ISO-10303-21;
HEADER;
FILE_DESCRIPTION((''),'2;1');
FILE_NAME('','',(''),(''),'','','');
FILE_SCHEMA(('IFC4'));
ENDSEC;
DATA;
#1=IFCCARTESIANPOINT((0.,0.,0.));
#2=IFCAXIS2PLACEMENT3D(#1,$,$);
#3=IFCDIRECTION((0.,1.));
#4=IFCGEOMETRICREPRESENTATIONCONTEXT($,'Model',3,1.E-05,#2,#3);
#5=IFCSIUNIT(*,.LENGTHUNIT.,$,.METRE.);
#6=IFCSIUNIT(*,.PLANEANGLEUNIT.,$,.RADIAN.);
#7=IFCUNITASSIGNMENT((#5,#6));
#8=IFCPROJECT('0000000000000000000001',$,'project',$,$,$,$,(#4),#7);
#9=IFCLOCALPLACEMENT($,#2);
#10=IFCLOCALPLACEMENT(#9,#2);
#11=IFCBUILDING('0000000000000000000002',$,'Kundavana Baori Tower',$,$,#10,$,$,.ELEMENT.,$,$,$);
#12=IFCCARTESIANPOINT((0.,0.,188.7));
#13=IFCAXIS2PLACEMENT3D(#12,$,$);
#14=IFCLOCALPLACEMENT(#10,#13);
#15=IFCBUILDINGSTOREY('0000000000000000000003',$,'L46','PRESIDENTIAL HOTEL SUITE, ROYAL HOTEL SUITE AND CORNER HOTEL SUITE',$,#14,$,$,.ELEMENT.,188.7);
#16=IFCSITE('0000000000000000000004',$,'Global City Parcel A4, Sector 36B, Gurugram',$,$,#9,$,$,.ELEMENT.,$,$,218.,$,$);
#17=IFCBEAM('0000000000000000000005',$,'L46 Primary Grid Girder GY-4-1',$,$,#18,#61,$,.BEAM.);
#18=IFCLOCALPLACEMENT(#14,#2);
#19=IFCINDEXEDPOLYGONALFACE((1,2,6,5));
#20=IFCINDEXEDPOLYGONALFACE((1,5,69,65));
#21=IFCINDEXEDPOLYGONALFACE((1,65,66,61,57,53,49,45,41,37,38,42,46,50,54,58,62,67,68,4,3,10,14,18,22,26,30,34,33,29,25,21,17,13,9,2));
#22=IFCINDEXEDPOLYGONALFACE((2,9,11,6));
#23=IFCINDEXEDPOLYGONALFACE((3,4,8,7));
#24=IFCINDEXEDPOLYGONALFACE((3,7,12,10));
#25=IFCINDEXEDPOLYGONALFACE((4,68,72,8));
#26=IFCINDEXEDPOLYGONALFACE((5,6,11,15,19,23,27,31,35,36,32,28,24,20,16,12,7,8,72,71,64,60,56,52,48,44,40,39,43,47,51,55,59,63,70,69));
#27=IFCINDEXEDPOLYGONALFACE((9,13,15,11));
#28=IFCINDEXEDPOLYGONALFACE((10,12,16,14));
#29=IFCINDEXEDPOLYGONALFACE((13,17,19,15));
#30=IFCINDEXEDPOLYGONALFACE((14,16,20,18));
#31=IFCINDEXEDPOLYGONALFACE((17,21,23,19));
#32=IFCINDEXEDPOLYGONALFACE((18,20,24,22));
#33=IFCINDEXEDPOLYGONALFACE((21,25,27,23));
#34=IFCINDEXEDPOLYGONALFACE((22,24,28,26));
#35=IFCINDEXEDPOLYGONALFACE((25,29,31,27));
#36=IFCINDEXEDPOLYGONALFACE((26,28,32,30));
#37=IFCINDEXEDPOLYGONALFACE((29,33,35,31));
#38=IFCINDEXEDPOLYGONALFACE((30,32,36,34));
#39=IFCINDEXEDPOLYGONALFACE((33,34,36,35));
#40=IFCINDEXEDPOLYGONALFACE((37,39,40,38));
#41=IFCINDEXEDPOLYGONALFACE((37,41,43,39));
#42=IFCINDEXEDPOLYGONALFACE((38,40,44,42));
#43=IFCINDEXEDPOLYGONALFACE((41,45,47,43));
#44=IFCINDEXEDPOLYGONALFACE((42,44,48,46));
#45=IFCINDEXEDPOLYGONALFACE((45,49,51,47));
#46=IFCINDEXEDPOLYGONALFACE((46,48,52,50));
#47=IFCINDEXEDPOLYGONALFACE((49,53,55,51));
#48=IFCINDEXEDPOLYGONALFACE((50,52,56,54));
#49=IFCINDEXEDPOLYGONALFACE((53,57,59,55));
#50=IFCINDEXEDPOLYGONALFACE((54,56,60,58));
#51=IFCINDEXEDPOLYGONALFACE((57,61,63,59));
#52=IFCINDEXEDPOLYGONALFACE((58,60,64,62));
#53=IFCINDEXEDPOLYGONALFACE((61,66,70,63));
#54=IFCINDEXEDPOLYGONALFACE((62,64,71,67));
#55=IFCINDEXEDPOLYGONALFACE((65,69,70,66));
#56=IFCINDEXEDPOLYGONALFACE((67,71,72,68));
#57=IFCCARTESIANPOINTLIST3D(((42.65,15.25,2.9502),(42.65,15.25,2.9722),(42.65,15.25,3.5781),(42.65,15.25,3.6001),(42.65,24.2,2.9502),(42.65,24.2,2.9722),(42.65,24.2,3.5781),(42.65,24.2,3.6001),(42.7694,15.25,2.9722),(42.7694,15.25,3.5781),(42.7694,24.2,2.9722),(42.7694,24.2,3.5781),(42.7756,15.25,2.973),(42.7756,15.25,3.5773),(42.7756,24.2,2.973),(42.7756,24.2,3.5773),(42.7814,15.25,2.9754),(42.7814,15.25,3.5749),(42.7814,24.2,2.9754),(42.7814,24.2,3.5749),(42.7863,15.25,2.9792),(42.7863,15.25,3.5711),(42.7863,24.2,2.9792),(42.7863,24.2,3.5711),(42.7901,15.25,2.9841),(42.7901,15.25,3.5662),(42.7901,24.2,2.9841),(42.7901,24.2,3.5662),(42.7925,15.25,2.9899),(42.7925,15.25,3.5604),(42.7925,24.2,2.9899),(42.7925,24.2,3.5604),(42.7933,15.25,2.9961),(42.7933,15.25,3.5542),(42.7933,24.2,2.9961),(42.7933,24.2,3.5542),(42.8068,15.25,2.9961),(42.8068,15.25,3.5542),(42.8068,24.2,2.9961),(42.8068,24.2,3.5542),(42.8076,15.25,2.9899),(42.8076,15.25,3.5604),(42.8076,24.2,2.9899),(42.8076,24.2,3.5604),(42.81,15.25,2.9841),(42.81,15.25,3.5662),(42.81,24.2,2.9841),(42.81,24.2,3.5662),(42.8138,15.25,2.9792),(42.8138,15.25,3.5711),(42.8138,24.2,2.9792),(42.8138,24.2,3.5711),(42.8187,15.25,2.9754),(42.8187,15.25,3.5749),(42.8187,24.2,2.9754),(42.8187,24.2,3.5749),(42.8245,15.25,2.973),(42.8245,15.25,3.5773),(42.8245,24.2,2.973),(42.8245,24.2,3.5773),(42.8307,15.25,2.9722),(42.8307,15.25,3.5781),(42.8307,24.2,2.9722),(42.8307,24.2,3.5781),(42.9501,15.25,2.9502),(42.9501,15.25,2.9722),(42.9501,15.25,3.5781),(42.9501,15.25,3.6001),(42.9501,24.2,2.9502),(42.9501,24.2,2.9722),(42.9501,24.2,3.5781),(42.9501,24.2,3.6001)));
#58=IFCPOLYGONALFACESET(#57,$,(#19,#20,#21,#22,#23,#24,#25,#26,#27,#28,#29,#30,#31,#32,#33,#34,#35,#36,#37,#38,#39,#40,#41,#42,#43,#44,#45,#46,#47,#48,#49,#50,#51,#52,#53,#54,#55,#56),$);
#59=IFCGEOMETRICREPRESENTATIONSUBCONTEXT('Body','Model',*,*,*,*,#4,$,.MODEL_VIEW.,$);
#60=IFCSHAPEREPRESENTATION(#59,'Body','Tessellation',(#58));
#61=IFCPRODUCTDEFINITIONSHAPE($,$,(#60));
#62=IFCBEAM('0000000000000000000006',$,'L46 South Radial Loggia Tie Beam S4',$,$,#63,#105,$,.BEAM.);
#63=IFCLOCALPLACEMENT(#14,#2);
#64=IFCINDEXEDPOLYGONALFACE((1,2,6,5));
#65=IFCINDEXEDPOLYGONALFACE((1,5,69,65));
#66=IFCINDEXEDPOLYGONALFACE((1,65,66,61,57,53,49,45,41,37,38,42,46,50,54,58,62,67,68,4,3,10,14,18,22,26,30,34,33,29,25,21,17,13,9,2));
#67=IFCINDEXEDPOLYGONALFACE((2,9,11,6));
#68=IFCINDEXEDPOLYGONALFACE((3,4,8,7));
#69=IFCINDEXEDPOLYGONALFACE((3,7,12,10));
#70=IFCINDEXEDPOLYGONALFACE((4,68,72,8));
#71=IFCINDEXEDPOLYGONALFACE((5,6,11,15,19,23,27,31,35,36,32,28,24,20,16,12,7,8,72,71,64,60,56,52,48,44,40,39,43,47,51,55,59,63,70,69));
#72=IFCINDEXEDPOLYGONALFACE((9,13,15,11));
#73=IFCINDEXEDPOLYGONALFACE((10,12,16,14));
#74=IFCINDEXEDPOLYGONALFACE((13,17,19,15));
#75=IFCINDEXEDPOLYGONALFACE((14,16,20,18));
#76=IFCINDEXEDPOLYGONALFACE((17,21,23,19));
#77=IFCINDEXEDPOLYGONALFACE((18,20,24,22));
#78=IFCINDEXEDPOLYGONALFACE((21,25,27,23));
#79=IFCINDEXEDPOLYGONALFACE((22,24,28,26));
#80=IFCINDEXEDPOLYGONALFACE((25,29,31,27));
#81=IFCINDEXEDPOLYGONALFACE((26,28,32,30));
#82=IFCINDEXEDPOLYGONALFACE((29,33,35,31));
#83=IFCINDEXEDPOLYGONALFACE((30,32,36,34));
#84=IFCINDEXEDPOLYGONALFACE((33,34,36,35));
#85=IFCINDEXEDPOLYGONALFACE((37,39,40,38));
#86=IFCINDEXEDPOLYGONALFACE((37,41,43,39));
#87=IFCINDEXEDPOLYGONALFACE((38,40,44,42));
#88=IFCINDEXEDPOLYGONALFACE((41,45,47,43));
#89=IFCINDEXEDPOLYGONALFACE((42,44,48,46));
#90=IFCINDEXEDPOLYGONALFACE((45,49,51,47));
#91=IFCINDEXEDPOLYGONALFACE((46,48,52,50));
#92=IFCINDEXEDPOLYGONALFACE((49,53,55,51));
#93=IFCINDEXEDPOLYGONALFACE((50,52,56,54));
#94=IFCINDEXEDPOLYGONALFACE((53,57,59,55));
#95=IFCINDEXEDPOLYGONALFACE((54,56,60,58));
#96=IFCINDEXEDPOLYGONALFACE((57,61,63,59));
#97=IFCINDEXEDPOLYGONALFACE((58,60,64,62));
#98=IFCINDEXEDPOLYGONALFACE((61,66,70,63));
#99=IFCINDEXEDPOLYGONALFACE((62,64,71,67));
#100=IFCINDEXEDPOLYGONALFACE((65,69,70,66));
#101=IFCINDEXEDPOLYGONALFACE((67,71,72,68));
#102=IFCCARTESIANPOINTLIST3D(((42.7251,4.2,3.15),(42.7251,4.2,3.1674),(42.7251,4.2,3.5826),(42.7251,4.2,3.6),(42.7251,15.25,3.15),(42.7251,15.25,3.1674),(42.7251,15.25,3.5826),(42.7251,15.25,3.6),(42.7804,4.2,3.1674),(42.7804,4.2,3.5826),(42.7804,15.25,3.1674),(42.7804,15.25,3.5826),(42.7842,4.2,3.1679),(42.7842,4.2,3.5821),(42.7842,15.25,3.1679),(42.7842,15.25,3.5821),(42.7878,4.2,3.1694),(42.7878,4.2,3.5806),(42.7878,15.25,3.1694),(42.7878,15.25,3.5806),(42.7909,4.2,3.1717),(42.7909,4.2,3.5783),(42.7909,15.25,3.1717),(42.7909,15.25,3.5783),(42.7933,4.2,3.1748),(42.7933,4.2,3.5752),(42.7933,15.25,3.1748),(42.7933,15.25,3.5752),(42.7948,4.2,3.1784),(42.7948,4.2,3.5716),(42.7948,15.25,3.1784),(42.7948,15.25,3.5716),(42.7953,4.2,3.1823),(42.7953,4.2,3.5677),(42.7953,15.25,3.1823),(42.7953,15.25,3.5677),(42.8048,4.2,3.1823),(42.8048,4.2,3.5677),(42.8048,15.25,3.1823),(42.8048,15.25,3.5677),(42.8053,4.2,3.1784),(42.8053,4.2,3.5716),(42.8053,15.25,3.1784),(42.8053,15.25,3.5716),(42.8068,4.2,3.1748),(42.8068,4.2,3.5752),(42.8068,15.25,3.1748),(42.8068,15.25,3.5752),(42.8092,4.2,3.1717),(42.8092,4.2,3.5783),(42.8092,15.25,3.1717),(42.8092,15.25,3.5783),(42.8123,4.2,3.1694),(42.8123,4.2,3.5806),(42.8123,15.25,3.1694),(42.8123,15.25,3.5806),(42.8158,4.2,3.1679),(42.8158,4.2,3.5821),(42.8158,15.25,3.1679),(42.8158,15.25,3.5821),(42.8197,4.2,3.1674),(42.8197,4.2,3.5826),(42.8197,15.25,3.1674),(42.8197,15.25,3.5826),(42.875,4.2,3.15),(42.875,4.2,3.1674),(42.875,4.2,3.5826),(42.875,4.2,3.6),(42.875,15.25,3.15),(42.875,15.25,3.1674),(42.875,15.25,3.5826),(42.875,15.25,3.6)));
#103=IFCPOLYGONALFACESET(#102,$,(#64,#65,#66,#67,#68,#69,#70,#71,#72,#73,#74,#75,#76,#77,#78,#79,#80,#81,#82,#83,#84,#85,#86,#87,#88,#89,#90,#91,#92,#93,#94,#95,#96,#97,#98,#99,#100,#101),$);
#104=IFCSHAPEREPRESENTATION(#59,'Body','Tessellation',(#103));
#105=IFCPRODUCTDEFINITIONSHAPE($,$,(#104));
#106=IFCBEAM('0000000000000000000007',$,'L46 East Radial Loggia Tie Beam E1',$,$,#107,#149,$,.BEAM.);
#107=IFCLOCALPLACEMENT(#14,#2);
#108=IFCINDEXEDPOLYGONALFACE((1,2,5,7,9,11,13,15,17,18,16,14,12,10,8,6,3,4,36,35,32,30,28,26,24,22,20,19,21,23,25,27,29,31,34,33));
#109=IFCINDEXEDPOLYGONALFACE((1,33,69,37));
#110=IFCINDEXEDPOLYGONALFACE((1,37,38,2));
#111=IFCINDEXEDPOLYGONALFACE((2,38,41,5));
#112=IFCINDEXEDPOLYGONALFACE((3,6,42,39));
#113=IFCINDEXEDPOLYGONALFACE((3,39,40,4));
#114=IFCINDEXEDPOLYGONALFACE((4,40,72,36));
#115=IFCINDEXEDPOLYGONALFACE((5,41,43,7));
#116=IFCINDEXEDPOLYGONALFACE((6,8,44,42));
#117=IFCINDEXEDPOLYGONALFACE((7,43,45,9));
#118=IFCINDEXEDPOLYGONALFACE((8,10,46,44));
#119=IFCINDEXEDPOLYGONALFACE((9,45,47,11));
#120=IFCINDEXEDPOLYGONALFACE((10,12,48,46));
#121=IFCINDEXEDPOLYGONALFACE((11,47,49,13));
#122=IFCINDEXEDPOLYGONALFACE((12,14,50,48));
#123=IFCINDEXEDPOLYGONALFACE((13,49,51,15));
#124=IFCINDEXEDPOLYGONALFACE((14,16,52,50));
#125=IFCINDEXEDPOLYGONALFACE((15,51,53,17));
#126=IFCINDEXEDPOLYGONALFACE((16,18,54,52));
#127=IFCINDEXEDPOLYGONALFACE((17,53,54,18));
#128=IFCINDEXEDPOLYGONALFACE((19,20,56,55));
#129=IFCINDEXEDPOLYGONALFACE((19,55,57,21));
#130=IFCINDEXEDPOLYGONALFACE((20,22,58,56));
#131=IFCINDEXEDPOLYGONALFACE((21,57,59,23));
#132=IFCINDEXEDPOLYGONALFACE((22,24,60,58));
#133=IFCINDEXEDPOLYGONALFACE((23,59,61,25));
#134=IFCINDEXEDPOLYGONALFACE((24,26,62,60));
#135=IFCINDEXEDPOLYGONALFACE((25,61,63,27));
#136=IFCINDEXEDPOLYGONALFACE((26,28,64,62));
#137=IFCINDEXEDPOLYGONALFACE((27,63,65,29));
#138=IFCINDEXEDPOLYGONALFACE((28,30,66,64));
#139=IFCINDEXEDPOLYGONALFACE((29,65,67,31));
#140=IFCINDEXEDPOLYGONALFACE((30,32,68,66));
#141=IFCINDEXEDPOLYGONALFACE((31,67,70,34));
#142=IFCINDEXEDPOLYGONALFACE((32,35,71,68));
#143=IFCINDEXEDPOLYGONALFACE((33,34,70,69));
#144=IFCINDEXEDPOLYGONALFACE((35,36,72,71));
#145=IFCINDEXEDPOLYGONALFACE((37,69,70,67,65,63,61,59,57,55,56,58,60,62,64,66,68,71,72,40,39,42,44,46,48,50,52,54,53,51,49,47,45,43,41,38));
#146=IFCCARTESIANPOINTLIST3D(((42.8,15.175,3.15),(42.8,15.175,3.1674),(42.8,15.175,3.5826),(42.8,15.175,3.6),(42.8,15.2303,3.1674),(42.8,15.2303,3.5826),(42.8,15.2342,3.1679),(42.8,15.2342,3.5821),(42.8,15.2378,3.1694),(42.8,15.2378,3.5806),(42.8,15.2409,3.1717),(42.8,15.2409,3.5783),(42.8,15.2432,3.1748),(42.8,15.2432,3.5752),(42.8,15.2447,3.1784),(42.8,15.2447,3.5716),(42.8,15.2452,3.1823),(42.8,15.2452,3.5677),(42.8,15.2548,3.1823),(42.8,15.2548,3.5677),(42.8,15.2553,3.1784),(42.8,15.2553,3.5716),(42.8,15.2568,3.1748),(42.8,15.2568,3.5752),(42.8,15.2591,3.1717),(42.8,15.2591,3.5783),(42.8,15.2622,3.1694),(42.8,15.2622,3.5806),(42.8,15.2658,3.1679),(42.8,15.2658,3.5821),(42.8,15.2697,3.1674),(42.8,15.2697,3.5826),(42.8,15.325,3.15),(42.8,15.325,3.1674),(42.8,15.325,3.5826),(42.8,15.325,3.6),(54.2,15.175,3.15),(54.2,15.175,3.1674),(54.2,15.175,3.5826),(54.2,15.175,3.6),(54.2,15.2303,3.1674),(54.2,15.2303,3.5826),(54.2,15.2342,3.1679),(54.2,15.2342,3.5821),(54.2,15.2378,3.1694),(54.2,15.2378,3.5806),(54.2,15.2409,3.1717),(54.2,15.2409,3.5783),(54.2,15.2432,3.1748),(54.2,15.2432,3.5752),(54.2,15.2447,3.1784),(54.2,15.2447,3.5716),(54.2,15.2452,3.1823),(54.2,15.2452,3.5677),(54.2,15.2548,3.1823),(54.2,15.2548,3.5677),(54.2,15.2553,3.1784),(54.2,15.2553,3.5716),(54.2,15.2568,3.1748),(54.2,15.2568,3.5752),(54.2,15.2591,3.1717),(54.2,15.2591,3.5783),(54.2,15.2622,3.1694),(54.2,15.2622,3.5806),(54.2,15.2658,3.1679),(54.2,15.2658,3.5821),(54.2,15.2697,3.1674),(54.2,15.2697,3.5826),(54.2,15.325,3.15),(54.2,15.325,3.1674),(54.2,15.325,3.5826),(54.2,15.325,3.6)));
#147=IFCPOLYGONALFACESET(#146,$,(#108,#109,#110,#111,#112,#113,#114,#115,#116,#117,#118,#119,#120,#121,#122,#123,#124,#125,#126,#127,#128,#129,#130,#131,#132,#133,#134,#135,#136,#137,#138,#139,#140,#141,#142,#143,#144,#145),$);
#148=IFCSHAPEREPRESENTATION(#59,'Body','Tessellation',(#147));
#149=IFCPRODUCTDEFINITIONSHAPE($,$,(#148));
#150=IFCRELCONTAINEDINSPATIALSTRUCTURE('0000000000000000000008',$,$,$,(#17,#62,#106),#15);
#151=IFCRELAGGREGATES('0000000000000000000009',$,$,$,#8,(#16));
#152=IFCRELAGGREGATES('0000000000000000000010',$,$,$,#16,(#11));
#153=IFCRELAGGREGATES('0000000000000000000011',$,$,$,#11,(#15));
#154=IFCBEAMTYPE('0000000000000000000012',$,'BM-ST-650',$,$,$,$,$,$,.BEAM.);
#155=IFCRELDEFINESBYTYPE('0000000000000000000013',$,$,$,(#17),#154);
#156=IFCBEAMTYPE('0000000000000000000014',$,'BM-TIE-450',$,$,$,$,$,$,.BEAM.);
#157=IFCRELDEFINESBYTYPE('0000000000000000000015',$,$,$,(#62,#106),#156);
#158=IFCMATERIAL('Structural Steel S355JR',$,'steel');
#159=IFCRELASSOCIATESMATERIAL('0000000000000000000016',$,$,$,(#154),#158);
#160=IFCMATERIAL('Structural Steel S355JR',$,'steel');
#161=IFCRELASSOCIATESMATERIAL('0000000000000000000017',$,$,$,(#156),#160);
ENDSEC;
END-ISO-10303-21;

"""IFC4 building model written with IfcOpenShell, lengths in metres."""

from ifc_helpers import new_model, si_unit, direction, frame, origin, origin_2d, place, context, subcontext, project, spatial, i_section, extrude, material, material_profile, profile_set, type_object, element, save


model = new_model("IFC4")

# Units and contexts
model_context = context("Model", 3, precision=1e-05, world=origin(), true_north=direction((0.0, 1.0)))
body_context = subcontext(model_context, "Body", "Model", "MODEL_VIEW")
ifc_project = project(units=[si_unit("LENGTHUNIT", "METRE"), si_unit("PLANEANGLEUNIT", "RADIAN")], contexts=[model_context])

# Site, building, storey
site_placement = place(None, origin())
site = spatial("IfcSite", under=ifc_project, at=site_placement, Name="Global City Parcel A4, Sector 36B, Gurugram", CompositionType="ELEMENT", RefElevation=218.0)
building_placement = place(site_placement, origin())
building = spatial("IfcBuilding", under=site, at=building_placement, Name="Kundavana Baori Tower", CompositionType="ELEMENT")
storey_placement = place(building_placement, frame((0.0, 0.0, 188.7)))
storey = spatial("IfcBuildingStorey", under=building, at=storey_placement, Name="L46", Description="PRESIDENTIAL HOTEL SUITE, ROYAL HOTEL SUITE AND CORNER HOTEL SUITE", CompositionType="ELEMENT", Elevation=188.7)

# Beams
ifc_material_1 = material(Name="Structural Steel S355JR", Category="steel")
ifc_material_profile_1 = material_profile(ifc_material_1, i_section(OverallWidth=0.3, OverallDepth=0.6499, WebThickness=0.0134, FlangeThickness=0.022, FilletRadius=0.0239, at=origin_2d()), Name="NPB 650x300x155")
ifc_profile_set_1 = profile_set([ifc_material_profile_1], Name="Structural Steel S355JR")
beam_type_1 = type_object("IfcBeamType", Name="BM-ST-650", PredefinedType="BEAM", material=ifc_profile_set_1)
beam_1_placement = place(storey_placement, frame((42.8, 15.25, 3.2751), z_axis=(0.0, 1.0, 0.0), x_axis=(-1.0, 0.0, 0.0)))
element("IfcBeam", 1, at=beam_1_placement, inside=storey, type_object=beam_type_1, Name="L46 Primary Grid Girder GY-4-1", PredefinedType="BEAM", context=body_context, shape_type="SweptSolid", body=[
    extrude(i_section(OverallWidth=0.3, OverallDepth=0.6499, WebThickness=0.0134, FlangeThickness=0.022, FilletRadius=0.0239, at=origin_2d()), origin(), (0.0, 0.0, 1.0), 8.95),
])
ifc_material_2 = material(Name="Structural Steel S355JR", Category="steel")
ifc_material_profile_2 = material_profile(ifc_material_2, i_section(OverallWidth=0.1499, OverallDepth=0.45, WebThickness=0.0095, FlangeThickness=0.0173, FilletRadius=0.0149, at=origin_2d()), Name="ISMB 450")
ifc_profile_set_2 = profile_set([ifc_material_profile_2], Name="Structural Steel S355JR")
beam_type_2 = type_object("IfcBeamType", Name="BM-TIE-450", PredefinedType="BEAM", material=ifc_profile_set_2)
beam_2_placement = place(storey_placement, frame((42.8, 15.25, 3.375), z_axis=(0.0, -1.0, 0.0), x_axis=(1.0, 0.0, 0.0)))
element("IfcBeam", 2, at=beam_2_placement, inside=storey, type_object=beam_type_2, Name="L46 South Radial Loggia Tie Beam S4", PredefinedType="BEAM", context=body_context, shape_type="SweptSolid", body=[
    extrude(i_section(OverallWidth=0.1499, OverallDepth=0.45, WebThickness=0.0095, FlangeThickness=0.0173, FilletRadius=0.0149, at=origin_2d()), origin(), (0.0, 0.0, 1.0), 11.05),
])
beam_3_placement = place(storey_placement, frame((42.8, 15.25, 3.375), z_axis=(1.0, 0.0, 0.0), x_axis=(0.0, 1.0, 0.0)))
element("IfcBeam", 3, at=beam_3_placement, inside=storey, type_object=beam_type_2, Name="L46 East Radial Loggia Tie Beam E1", PredefinedType="BEAM", context=body_context, shape_type="SweptSolid", body=[
    extrude(i_section(OverallWidth=0.1499, OverallDepth=0.45, WebThickness=0.0095, FlangeThickness=0.0173, FilletRadius=0.0149, at=origin_2d()), origin(), (0.0, 0.0, 1.0), 11.3999),
])

save(model, "model.ifc")
